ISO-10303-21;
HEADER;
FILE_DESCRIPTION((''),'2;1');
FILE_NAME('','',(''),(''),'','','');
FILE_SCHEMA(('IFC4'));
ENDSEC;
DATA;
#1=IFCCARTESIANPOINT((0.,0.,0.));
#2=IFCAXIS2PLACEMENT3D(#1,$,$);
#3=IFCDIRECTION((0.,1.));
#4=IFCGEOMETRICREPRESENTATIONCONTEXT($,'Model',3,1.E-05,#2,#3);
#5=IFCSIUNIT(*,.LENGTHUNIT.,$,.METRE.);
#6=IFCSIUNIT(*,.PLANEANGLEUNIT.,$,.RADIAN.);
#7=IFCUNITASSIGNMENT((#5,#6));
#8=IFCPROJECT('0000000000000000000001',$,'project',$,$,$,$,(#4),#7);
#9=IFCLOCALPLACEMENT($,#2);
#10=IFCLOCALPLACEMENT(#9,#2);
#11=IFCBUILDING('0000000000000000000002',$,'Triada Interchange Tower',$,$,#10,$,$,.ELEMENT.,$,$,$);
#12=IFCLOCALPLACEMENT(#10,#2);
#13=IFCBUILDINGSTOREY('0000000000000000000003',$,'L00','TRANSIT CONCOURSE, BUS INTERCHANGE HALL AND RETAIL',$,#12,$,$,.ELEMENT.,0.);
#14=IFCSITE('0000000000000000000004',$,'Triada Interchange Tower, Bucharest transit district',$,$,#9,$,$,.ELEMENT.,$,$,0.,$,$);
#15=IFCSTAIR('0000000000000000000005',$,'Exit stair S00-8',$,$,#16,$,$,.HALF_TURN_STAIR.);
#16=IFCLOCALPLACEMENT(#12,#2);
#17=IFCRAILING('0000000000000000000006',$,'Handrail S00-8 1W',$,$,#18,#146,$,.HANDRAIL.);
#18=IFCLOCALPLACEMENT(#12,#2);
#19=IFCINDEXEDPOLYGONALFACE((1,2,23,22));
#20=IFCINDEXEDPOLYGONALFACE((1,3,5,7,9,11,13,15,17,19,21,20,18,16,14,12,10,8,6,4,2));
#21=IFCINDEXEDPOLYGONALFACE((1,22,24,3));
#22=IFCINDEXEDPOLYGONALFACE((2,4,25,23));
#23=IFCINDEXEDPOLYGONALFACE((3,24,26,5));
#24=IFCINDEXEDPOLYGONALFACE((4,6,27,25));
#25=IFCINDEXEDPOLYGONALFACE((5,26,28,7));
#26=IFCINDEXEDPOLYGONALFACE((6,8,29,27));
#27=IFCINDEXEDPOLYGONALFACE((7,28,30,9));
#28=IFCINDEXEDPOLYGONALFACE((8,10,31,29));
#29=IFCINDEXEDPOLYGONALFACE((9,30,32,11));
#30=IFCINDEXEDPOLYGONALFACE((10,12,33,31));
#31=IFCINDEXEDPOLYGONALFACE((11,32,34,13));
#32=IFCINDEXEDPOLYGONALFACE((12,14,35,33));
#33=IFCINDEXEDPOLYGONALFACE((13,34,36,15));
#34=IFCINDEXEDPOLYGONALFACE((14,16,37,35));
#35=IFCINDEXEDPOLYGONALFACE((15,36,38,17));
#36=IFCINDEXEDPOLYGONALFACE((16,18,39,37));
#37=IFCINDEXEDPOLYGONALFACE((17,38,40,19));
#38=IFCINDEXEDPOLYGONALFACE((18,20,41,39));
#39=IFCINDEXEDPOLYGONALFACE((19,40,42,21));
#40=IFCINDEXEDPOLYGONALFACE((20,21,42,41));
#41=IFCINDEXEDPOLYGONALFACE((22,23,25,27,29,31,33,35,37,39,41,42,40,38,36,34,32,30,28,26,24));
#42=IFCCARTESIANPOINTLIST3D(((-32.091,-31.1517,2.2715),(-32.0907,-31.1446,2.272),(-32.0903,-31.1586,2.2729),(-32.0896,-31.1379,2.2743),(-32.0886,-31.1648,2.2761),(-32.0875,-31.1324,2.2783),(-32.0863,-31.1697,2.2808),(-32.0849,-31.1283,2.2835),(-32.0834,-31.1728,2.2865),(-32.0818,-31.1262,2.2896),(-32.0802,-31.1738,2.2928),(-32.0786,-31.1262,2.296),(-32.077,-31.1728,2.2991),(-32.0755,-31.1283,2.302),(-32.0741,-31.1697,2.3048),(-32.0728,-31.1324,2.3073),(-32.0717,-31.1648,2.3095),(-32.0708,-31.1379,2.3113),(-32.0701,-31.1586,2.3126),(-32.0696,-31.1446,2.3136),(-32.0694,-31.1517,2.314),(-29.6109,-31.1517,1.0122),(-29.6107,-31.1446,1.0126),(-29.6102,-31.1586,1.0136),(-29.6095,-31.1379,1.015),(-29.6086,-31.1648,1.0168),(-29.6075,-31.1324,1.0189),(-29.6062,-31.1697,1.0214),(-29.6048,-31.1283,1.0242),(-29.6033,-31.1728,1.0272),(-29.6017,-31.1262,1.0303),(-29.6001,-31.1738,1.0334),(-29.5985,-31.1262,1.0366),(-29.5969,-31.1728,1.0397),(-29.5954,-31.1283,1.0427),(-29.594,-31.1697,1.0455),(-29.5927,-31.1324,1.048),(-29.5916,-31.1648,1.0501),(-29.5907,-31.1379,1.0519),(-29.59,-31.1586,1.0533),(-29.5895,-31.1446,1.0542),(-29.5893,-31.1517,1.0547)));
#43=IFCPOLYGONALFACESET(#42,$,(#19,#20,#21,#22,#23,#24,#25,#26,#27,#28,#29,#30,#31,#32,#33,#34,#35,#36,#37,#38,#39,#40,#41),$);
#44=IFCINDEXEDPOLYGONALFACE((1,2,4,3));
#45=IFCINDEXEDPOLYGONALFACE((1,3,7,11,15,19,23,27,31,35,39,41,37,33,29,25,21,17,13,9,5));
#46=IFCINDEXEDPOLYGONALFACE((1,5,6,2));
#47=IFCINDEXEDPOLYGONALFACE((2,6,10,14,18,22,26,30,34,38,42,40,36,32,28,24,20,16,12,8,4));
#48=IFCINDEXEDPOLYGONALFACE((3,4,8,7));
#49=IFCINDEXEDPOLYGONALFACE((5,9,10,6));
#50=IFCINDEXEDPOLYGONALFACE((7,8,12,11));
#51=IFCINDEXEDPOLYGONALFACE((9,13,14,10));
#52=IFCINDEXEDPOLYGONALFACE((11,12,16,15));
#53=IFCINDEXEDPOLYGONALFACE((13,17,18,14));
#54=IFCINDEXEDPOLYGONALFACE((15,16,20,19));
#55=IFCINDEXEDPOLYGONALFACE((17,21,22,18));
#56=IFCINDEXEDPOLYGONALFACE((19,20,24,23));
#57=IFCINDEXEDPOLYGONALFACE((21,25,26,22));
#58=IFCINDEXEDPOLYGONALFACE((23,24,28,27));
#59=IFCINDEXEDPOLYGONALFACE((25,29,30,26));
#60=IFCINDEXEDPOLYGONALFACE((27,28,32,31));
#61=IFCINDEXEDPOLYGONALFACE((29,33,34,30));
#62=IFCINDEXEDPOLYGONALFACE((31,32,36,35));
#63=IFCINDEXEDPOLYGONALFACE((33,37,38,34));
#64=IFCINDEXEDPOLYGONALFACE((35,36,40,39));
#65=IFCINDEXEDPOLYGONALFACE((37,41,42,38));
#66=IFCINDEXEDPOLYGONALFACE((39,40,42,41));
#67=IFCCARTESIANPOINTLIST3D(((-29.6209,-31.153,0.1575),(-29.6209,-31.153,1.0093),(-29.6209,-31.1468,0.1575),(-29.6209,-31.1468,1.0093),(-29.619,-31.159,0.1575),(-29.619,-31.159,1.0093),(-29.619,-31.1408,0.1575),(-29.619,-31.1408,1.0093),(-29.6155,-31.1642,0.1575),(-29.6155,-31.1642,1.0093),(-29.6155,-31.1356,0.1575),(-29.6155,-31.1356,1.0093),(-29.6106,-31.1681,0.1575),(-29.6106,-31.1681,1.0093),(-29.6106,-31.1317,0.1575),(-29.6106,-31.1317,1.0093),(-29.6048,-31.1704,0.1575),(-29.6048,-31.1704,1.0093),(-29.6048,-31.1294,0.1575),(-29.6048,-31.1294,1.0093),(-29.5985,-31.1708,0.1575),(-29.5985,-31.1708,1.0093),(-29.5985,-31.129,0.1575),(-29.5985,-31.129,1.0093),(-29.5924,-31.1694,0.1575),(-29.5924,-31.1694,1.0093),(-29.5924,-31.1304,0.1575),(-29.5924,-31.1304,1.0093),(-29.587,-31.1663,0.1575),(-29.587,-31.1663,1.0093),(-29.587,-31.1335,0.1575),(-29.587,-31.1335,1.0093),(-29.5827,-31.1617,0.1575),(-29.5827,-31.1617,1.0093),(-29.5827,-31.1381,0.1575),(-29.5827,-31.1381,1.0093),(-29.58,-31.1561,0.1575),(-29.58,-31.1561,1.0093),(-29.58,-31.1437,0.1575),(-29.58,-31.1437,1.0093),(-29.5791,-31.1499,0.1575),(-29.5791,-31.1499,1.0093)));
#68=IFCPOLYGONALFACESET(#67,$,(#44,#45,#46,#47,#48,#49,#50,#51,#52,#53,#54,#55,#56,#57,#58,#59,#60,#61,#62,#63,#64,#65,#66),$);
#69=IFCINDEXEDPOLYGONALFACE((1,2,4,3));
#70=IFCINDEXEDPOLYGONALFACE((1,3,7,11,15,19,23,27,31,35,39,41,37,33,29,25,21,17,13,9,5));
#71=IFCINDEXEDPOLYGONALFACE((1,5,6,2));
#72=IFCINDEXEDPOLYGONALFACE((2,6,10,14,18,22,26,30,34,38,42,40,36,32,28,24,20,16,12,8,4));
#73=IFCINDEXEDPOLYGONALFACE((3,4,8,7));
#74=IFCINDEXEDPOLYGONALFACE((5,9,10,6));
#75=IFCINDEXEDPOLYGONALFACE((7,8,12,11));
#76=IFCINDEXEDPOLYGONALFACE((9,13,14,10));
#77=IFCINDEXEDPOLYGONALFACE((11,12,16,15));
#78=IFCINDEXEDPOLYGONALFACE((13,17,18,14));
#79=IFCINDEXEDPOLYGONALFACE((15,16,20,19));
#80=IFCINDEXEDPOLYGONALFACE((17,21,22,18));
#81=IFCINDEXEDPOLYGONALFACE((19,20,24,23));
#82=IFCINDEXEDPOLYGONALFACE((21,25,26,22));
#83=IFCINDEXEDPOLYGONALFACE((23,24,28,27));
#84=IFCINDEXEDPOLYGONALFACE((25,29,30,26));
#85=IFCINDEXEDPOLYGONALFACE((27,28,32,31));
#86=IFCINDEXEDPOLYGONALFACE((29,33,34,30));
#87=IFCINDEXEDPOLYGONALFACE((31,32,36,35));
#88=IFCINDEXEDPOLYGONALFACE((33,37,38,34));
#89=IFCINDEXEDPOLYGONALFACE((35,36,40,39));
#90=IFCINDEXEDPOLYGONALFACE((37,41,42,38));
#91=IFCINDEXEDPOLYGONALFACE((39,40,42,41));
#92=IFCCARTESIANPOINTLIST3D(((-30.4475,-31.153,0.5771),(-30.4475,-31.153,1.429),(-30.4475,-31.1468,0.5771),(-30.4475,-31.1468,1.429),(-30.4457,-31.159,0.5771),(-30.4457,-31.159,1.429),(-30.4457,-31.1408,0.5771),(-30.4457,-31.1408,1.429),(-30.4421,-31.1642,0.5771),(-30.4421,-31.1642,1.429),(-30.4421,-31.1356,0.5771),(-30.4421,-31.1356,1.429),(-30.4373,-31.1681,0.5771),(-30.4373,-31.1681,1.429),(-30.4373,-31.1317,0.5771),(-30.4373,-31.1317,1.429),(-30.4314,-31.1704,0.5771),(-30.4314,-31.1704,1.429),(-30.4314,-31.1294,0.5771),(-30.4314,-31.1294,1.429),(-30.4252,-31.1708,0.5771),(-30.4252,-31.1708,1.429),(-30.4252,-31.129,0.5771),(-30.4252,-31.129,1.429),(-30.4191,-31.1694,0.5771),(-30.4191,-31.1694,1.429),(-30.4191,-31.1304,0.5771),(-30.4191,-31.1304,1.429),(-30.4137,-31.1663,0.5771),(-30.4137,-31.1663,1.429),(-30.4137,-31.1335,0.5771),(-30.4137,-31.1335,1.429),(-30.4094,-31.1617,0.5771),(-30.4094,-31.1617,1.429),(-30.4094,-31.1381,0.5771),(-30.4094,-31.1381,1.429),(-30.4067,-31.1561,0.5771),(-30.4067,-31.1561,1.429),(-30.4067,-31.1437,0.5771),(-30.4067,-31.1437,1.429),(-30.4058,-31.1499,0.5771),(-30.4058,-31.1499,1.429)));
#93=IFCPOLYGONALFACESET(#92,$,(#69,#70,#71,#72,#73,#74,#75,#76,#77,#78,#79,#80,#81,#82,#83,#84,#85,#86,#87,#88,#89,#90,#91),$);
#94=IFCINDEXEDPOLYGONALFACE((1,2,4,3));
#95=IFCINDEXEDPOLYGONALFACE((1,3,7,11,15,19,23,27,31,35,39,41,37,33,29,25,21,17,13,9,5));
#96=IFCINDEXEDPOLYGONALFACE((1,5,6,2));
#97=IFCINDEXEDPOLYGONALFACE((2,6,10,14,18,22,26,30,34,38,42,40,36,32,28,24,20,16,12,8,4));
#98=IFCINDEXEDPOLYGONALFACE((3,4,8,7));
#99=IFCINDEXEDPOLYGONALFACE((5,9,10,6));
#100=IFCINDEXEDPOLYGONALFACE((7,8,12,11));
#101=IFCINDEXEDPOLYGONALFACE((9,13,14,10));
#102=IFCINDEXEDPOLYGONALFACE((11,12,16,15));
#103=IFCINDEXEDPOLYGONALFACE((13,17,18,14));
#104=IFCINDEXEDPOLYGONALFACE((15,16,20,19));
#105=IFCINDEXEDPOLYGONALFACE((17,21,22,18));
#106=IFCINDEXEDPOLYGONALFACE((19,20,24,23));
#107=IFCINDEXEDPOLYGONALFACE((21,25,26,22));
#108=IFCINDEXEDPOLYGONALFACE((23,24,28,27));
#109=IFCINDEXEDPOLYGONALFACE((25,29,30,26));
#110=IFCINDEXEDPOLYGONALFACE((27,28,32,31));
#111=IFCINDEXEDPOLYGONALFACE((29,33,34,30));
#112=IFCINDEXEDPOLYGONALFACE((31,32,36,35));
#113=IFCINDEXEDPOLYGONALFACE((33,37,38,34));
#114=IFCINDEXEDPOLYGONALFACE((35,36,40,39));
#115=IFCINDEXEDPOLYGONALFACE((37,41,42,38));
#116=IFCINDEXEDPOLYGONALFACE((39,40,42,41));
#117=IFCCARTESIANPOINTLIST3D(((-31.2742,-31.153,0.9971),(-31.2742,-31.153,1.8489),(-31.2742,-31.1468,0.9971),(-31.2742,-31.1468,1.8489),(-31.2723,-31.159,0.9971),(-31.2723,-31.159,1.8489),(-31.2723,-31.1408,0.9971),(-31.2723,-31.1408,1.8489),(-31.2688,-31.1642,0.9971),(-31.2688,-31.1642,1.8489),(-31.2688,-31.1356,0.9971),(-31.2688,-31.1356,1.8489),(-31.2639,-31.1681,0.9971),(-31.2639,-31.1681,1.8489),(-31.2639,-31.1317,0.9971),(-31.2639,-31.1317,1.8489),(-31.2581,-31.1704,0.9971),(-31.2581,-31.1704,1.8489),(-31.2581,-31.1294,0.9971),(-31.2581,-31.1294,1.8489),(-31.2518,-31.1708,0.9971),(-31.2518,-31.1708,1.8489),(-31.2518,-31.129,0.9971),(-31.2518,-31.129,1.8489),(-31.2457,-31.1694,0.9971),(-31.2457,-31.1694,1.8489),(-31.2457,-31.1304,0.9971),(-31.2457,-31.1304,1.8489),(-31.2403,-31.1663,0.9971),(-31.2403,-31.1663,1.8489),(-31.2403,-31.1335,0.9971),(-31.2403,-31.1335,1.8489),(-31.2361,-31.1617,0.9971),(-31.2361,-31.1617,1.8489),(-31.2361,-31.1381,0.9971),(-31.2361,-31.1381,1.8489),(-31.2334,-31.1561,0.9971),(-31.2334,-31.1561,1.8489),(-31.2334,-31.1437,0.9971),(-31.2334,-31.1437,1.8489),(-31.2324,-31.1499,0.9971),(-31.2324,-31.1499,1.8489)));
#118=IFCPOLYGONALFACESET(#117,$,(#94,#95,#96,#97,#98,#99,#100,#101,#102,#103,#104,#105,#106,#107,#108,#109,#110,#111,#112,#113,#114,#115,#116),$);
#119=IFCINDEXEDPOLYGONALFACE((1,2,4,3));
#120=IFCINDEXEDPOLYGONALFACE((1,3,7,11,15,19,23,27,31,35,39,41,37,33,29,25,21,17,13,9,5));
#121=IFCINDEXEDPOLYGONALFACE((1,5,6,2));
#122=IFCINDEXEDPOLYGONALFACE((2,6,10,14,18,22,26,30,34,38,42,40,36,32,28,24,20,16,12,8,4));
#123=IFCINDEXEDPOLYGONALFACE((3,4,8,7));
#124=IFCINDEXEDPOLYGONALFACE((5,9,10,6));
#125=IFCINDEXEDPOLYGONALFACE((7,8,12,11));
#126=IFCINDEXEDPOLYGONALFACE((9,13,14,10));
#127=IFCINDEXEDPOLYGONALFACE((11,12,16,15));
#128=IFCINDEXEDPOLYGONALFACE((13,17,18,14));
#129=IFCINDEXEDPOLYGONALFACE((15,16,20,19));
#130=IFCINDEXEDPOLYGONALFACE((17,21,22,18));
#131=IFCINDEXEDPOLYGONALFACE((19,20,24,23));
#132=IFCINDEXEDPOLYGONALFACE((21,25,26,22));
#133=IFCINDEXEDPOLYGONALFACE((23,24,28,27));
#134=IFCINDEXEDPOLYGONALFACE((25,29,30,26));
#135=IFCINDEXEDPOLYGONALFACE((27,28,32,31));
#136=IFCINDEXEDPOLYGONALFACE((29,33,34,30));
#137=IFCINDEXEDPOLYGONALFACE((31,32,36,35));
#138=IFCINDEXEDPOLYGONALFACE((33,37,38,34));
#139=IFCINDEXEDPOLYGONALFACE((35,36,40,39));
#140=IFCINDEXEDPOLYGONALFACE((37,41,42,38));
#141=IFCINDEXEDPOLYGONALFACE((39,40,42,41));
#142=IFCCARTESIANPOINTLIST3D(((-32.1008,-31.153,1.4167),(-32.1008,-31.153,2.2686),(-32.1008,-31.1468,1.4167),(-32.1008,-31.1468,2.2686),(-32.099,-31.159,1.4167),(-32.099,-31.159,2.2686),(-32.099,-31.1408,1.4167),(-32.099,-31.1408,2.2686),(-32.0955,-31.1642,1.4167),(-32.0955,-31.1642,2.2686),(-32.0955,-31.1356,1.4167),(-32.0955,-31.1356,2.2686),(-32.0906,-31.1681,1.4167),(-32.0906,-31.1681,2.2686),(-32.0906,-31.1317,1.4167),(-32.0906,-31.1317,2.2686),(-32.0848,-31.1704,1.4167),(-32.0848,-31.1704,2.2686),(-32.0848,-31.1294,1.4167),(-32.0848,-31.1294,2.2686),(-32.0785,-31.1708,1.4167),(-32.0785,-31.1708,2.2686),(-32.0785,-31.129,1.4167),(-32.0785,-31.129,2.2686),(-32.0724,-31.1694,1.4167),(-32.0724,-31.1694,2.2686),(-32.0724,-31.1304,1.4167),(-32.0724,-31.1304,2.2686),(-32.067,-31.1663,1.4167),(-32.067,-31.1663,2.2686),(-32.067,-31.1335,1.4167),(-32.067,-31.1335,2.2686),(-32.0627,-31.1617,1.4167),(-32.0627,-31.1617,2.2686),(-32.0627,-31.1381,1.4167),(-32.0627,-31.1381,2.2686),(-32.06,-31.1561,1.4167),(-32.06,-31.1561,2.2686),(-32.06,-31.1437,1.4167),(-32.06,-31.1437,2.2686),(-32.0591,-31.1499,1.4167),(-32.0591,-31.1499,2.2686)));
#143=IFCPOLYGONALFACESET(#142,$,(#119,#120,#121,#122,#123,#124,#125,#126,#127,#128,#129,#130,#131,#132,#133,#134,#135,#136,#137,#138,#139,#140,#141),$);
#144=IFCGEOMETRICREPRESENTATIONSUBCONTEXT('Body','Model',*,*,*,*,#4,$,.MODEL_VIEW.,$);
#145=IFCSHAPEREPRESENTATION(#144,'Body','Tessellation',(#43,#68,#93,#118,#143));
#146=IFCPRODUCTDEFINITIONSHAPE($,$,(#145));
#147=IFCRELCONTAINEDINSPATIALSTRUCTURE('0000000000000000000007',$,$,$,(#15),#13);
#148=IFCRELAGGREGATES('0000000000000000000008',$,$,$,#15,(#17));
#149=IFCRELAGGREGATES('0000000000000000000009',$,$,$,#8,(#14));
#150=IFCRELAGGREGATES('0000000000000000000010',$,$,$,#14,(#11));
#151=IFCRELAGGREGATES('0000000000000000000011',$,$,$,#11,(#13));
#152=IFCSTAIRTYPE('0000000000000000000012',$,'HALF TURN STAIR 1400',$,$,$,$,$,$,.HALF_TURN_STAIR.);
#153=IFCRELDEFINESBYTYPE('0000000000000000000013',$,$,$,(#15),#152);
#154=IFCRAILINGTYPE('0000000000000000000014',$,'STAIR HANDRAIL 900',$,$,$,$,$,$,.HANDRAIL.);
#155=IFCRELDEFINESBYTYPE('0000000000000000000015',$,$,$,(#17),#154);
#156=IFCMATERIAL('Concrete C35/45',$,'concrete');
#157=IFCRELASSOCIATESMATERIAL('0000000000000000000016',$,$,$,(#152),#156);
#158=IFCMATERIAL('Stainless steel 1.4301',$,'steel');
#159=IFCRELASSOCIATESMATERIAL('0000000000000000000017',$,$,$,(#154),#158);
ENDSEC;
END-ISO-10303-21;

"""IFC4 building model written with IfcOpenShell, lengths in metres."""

from ifc_helpers import new_model, si_unit, direction, frame, origin, origin_2d, place, context, subcontext, project, spatial, circle, extrude, material, type_object, element, aggregate, save


model = new_model("IFC4")

# Units and contexts
model_context = context("Model", 3, precision=1e-05, world=origin(), true_north=direction((0.0, 1.0)))
body_context = subcontext(model_context, "Body", "Model", "MODEL_VIEW")
ifc_project = project(units=[si_unit("LENGTHUNIT", "METRE"), si_unit("PLANEANGLEUNIT", "RADIAN")], contexts=[model_context])

# Site, building, storey
site_placement = place(None, origin())
site = spatial("IfcSite", under=ifc_project, at=site_placement, Name="Triada Interchange Tower, Bucharest transit district", CompositionType="ELEMENT", RefElevation=0.0)
building_placement = place(site_placement, origin())
building = spatial("IfcBuilding", under=site, at=building_placement, Name="Triada Interchange Tower", CompositionType="ELEMENT")
storey_placement = place(building_placement, origin())
storey = spatial("IfcBuildingStorey", under=building, at=storey_placement, Name="L00", Description="TRANSIT CONCOURSE, BUS INTERCHANGE HALL AND RETAIL", CompositionType="ELEMENT", Elevation=0.0)

# Stair, railing
ifc_material_1 = material(Name="Concrete C35/45", Category="concrete")
stair_type = type_object("IfcStairType", Name="HALF TURN STAIR 1400", PredefinedType="HALF_TURN_STAIR", material=ifc_material_1)
stair_placement = place(storey_placement, origin())
stair = element("IfcStair", 1, at=stair_placement, inside=storey, type_object=stair_type, Name="Exit stair S00-8", PredefinedType="HALF_TURN_STAIR")
ifc_material_2 = material(Name="Stainless steel 1.4301", Category="steel")
railing_type = type_object("IfcRailingType", Name="STAIR HANDRAIL 900", PredefinedType="HANDRAIL", material=ifc_material_2)
railing_1_placement = place(storey_placement, frame((-29.6001, -31.1499, 0.1575)))
railing_1 = element("IfcRailing", 2, at=railing_1_placement, type_object=railing_type, Name="Handrail S00-8 1W", PredefinedType="HANDRAIL", context=body_context, shape_type="SweptSolid", body=[
    extrude(circle(Radius=0.0239, at=origin_2d()), frame((0.0, 0.0, 0.876), z_axis=(-0.891636, 0.0, 0.452752), x_axis=(0.0, -1.0, 0.0)), (0.0, 0.0, 1.0), 2.7815),
    extrude(circle(Radius=0.021, at=origin_2d()), origin(), (0.0, 0.0, 1.0), 0.8518),
    extrude(circle(Radius=0.021, at=origin_2d()), frame((-0.8267, 0.0, 0.4197)), (0.0, 0.0, 1.0), 0.8518),
    extrude(circle(Radius=0.021, at=origin_2d()), frame((-1.6533, 0.0, 0.8396)), (0.0, 0.0, 1.0), 0.8518),
    extrude(circle(Radius=0.021, at=origin_2d()), frame((-2.48, 0.0, 1.2593)), (0.0, 0.0, 1.0), 0.8518),
])
aggregate(stair, [railing_1])

save(model, "model.ifc")
